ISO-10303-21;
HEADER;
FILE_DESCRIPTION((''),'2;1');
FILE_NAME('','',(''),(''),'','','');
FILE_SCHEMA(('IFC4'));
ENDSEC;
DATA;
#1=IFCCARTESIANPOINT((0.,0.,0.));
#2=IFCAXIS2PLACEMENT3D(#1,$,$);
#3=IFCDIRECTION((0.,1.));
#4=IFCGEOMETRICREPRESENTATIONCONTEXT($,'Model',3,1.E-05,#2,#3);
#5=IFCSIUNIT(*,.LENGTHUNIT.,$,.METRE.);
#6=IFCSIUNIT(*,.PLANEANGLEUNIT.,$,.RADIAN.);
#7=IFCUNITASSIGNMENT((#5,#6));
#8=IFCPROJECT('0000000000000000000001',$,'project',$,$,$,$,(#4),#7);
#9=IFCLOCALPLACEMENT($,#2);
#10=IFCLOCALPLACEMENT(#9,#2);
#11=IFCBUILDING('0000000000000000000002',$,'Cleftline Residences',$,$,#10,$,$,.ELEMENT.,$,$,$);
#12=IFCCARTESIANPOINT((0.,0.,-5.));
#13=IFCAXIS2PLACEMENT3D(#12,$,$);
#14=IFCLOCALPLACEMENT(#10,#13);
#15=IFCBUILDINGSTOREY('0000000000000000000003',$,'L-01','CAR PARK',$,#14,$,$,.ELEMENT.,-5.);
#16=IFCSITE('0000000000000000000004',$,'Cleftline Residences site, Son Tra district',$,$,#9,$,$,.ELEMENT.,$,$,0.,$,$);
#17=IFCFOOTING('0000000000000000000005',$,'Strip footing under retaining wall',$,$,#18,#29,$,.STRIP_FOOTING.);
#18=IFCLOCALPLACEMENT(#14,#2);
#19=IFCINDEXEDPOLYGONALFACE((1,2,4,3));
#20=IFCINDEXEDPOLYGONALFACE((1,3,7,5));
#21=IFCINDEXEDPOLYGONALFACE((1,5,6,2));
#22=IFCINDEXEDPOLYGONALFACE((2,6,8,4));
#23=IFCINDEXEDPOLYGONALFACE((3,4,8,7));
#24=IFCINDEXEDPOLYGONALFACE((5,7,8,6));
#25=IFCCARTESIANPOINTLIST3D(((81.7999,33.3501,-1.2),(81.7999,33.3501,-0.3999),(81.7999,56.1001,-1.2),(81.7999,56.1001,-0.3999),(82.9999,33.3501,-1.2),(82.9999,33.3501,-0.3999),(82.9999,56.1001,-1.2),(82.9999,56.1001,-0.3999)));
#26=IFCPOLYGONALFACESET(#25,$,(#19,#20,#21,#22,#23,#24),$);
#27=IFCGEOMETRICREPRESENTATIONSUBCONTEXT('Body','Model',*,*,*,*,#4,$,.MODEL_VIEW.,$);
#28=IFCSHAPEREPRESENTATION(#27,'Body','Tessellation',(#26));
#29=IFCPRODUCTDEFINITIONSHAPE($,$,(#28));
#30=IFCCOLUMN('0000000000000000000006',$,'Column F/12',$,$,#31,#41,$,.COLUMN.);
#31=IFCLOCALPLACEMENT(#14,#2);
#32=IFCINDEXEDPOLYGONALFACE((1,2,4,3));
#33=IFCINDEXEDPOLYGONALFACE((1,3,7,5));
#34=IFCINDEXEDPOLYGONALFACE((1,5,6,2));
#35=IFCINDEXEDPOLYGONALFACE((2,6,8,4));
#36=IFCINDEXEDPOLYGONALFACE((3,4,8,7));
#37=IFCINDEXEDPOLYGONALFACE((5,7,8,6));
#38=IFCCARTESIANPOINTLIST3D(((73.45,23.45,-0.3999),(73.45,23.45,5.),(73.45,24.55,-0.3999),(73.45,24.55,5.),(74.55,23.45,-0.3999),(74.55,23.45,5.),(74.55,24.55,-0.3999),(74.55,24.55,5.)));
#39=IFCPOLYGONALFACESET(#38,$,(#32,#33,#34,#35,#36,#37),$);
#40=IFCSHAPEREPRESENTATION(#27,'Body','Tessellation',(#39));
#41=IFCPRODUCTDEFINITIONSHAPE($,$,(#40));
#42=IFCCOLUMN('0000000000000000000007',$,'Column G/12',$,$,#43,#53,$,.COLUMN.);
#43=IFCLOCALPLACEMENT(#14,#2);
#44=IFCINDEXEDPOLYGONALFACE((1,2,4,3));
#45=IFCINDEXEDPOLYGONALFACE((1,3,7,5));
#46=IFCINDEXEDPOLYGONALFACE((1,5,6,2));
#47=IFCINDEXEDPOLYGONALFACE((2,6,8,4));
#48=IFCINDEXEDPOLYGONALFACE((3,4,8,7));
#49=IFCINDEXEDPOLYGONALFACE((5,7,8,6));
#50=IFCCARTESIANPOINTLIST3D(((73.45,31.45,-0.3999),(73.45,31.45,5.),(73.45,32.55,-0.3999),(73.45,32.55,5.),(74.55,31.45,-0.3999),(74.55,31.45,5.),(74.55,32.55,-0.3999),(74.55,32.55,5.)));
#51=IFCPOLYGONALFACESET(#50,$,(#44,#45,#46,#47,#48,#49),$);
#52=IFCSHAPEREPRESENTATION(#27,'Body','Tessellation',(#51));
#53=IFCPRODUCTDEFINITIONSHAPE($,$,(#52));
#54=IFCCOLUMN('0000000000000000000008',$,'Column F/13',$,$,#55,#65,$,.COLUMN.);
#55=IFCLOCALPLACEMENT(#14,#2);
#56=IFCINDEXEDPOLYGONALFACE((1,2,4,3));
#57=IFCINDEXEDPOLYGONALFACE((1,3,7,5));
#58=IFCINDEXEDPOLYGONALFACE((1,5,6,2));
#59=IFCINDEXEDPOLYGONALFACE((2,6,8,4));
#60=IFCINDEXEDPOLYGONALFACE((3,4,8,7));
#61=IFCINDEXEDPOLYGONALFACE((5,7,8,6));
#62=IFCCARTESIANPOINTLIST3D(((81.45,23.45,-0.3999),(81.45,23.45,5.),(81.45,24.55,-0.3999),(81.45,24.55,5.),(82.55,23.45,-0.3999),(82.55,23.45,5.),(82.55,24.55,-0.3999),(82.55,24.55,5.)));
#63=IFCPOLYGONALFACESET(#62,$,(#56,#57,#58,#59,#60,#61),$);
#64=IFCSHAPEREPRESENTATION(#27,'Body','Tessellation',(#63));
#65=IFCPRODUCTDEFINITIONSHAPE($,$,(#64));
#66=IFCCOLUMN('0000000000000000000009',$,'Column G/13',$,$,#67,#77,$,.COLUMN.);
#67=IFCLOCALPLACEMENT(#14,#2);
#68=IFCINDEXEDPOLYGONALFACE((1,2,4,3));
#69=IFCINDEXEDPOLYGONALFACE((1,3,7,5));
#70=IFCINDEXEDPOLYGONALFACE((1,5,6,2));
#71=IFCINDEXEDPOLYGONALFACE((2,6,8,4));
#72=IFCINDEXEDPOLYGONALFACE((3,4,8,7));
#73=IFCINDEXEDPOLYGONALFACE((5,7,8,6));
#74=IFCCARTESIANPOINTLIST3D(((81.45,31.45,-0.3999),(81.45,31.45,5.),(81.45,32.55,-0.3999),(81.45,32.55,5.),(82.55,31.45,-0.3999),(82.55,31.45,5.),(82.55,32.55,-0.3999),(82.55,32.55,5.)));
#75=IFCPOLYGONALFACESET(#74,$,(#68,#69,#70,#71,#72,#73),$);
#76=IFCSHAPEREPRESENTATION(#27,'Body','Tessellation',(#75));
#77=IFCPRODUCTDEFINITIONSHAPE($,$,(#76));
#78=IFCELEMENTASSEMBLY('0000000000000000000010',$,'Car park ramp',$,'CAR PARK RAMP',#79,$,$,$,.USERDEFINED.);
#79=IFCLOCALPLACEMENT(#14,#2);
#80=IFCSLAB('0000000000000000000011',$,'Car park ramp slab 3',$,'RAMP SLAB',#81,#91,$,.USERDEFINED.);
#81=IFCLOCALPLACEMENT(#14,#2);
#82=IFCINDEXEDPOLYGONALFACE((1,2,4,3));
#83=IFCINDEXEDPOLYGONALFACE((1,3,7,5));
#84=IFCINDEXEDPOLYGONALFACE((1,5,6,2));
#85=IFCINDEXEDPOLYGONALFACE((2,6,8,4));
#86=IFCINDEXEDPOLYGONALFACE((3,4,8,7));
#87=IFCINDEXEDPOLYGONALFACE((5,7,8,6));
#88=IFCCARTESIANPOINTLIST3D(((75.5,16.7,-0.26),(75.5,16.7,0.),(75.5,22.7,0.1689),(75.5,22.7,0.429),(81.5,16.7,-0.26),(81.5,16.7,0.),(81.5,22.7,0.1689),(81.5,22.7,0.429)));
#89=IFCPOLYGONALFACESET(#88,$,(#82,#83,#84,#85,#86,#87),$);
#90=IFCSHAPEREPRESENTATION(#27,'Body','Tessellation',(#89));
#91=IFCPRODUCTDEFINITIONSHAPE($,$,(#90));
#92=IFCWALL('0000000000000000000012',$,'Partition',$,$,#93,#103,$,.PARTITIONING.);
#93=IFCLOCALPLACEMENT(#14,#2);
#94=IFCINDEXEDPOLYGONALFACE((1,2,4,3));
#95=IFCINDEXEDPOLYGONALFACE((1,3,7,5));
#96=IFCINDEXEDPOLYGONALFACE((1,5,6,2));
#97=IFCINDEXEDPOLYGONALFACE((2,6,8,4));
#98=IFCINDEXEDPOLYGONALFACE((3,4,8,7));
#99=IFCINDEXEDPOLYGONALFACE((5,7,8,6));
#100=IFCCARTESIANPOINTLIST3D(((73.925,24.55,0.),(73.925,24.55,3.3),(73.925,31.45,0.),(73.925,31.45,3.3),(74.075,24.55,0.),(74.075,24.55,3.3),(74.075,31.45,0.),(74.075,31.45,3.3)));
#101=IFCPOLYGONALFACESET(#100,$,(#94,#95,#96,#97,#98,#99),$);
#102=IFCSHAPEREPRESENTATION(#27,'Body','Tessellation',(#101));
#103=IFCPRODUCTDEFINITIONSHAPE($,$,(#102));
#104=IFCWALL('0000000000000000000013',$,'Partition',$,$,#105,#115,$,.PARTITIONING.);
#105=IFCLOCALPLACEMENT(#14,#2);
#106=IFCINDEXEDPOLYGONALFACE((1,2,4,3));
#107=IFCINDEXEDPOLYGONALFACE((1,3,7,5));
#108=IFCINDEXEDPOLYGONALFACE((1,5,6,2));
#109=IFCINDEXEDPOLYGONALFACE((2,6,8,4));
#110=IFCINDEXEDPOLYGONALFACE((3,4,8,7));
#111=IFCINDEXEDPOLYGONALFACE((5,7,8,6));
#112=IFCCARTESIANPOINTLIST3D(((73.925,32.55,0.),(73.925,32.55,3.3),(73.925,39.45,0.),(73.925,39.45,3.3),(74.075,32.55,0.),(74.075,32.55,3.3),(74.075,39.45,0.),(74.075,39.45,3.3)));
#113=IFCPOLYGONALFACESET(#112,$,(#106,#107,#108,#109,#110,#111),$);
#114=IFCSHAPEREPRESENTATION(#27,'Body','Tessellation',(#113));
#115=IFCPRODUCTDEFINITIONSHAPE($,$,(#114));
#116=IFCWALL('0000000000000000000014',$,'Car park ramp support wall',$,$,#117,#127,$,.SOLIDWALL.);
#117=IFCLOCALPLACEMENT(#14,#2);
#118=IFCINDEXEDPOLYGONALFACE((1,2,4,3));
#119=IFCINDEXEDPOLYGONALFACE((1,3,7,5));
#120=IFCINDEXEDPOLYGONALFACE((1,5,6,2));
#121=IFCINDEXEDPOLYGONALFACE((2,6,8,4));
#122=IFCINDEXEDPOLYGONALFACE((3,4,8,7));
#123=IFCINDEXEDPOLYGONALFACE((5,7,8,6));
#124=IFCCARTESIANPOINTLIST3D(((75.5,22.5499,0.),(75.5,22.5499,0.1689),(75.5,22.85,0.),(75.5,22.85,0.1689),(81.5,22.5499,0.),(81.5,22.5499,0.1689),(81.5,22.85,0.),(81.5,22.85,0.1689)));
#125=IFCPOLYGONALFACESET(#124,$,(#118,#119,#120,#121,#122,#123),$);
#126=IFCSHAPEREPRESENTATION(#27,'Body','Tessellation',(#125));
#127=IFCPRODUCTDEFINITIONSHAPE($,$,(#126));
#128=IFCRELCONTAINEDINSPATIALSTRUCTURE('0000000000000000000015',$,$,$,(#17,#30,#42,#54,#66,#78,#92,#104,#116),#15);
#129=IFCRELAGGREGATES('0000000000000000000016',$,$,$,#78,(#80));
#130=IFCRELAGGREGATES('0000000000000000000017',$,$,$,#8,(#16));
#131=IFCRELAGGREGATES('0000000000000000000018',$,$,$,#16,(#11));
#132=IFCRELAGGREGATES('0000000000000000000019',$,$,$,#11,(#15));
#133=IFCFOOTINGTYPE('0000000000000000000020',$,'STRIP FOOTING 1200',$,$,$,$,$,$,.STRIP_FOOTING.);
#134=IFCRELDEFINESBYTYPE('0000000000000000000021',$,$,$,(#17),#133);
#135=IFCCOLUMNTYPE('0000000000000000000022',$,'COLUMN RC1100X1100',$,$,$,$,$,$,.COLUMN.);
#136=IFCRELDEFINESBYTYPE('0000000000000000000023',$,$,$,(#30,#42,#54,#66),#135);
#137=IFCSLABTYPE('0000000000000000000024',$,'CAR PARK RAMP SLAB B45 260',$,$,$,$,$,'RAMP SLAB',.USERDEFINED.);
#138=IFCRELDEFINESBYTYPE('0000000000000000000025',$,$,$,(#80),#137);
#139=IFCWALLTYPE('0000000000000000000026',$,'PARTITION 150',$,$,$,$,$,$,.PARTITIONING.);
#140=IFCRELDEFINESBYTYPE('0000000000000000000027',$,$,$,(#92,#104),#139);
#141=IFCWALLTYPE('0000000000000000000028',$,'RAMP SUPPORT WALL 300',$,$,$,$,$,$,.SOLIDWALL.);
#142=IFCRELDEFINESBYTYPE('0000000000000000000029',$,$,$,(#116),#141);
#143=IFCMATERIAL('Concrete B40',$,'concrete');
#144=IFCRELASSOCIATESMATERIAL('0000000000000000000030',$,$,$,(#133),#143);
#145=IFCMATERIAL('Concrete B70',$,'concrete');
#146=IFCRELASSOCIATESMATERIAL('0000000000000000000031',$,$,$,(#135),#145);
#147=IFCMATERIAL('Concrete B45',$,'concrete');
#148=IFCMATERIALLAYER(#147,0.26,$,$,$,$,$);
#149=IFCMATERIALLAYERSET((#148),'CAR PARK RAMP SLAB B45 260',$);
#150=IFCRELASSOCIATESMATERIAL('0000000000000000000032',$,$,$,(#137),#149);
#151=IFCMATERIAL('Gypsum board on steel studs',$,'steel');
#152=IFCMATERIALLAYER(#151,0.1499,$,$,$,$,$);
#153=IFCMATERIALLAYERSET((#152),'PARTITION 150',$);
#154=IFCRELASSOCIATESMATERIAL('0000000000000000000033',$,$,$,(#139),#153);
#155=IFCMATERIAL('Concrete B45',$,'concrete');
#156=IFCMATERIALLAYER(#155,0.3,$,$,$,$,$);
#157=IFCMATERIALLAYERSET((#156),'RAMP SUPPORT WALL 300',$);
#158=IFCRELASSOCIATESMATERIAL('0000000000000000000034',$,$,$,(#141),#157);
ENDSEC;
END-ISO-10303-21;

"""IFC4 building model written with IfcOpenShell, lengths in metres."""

from ifc_helpers import new_model, si_unit, direction, frame, frame_2d, origin, origin_2d, place, context, subcontext, project, spatial, polyline, rectangle, outline, extrude, material, layer, layer_set, material_profile, profile_set, type_object, element, aggregate, save


model = new_model("IFC4")

# Units and contexts
model_context = context("Model", 3, precision=1e-05, world=origin(), true_north=direction((0.0, 1.0)))
body_context = subcontext(model_context, "Body", "Model", "MODEL_VIEW")
ifc_project = project(units=[si_unit("LENGTHUNIT", "METRE"), si_unit("PLANEANGLEUNIT", "RADIAN")], contexts=[model_context])

# Site, building, storey
site_placement = place(None, origin())
site = spatial("IfcSite", under=ifc_project, at=site_placement, Name="Cleftline Residences site, Son Tra district", CompositionType="ELEMENT", RefElevation=0.0)
building_placement = place(site_placement, origin())
building = spatial("IfcBuilding", under=site, at=building_placement, Name="Cleftline Residences", CompositionType="ELEMENT")
storey_placement = place(building_placement, frame((0.0, 0.0, -5.0)))
storey = spatial("IfcBuildingStorey", under=building, at=storey_placement, Name="L-01", Description="CAR PARK", CompositionType="ELEMENT", Elevation=-5.0)

# Footing
ifc_material_1 = material(Name="Concrete B40", Category="concrete")
footing_type_1 = type_object("IfcFootingType", Name="STRIP FOOTING 1200", PredefinedType="STRIP_FOOTING", material=ifc_material_1)
footing_placement = place(storey_placement, frame((82.3999, 33.3501, -1.2), z_axis=(0.0, 0.0, 1.0), x_axis=(0.0, 1.0, 0.0)))
element("IfcFooting", 1, at=footing_placement, inside=storey, type_object=footing_type_1, Name="Strip footing under retaining wall", PredefinedType="STRIP_FOOTING", context=body_context, shape_type="SweptSolid", body=[
    extrude(rectangle(XDim=22.75, YDim=1.2, at=frame_2d((11.375, 0.0))), origin(), (0.0, 0.0, 1.0), 0.8),
])

# Columns
ifc_material_2 = material(Name="Concrete B70", Category="concrete")
ifc_material_profile_1 = material_profile(ifc_material_2, rectangle(XDim=1.1001, YDim=1.1001, at=origin_2d()))
ifc_profile_set_1 = profile_set([ifc_material_profile_1], Name="Concrete B70")
column_type = type_object("IfcColumnType", Name="COLUMN RC1100X1100", PredefinedType="COLUMN", material=ifc_profile_set_1)
for number, where, z_axis, x_axis, name in (
    (2, (74.0, 24.0, -0.3999), (0.0, 0.0, 1.0), (1.0, 0.0, 0.0), "Column F/12"),
    (3, (74.0, 32.0, -0.3999), (0.0, 0.0, 1.0), (1.0, 0.0, 0.0), "Column G/12"),
    (4, (82.0, 24.0, -0.3999), (0.0, 0.0, 1.0), (1.0, 0.0, 0.0), "Column F/13"),
    (5, (82.0, 32.0, -0.3999), (0.0, 0.0, 1.0), (1.0, 0.0, 0.0), "Column G/13"),
):
    element("IfcColumn", number, at=place(storey_placement, frame(where, z_axis=z_axis, x_axis=x_axis)), inside=storey, type_object=column_type, Name=name, PredefinedType="COLUMN", context=body_context, shape_type="SweptSolid", body=[
        extrude(rectangle(XDim=1.1001, YDim=1.1001, at=origin_2d()), origin(), (0.0, 0.0, 1.0), 5.3999),
    ])

# Element assembly, slab
assembly_placement = place(storey_placement, origin())
assembly = element("IfcElementAssembly", 6, at=assembly_placement, inside=storey, Name="Car park ramp", ObjectType="CAR PARK RAMP", PredefinedType="USERDEFINED")
ifc_material_3 = material(Name="Concrete B45", Category="concrete")
ifc_layer_1 = layer(ifc_material_3, 0.26)
ifc_layer_set_1 = layer_set([ifc_layer_1], Name="CAR PARK RAMP SLAB B45 260")
slab_type = type_object("IfcSlabType", Name="CAR PARK RAMP SLAB B45 260", ElementType="RAMP SLAB", PredefinedType="USERDEFINED", material=ifc_layer_set_1)
slab_placement = place(storey_placement, frame((78.5, 22.7, 0.429), z_axis=(0.0, 0.0, 1.0), x_axis=(0.0, -1.0, 0.0)))
slab = element("IfcSlab", 7, at=slab_placement, type_object=slab_type, Name="Car park ramp slab 3", ObjectType="RAMP SLAB", PredefinedType="USERDEFINED", context=body_context, shape_type="SweptSolid", body=[
    extrude(outline(polyline([(0.0, 0.0), (6.0, -0.429), (6.0, -0.689), (0.0, -0.26), (0.0, 0.0)])), frame((0.0, 3.0, 0.0), z_axis=(0.0, -1.0, 0.0), x_axis=(1.0, 0.0, 0.0)), (0.0, 0.0, 1.0), 6.0),
])
aggregate(assembly, [slab])

# Walls
ifc_material_4 = material(Name="Gypsum board on steel studs", Category="steel")
ifc_layer_2 = layer(ifc_material_4, 0.1499)
ifc_layer_set_2 = layer_set([ifc_layer_2], Name="PARTITION 150")
wall_type_1 = type_object("IfcWallType", Name="PARTITION 150", PredefinedType="PARTITIONING", material=ifc_layer_set_2)
for number, where, z_axis, x_axis, name in (
    (8, (74.0, 24.55, 0.0), (0.0, 0.0, 1.0), (0.0, 1.0, 0.0), "Partition"),
    (9, (74.0, 32.55, 0.0), (0.0, 0.0, 1.0), (0.0, 1.0, 0.0), "Partition"),
):
    element("IfcWall", number, at=place(storey_placement, frame(where, z_axis=z_axis, x_axis=x_axis)), inside=storey, type_object=wall_type_1, Name=name, PredefinedType="PARTITIONING", context=body_context, shape_type="SweptSolid", body=[
        extrude(rectangle(XDim=6.8999, YDim=0.1499, at=frame_2d((3.45, 0.0))), origin(), (0.0, 0.0, 1.0), 3.3),
    ])
ifc_material_5 = material(Name="Concrete B45", Category="concrete")
ifc_layer_3 = layer(ifc_material_5, 0.3)
ifc_layer_set_3 = layer_set([ifc_layer_3], Name="RAMP SUPPORT WALL 300")
wall_type_2 = type_object("IfcWallType", Name="RAMP SUPPORT WALL 300", PredefinedType="SOLIDWALL", material=ifc_layer_set_3)
wall_placement = place(storey_placement, frame((75.5, 22.7, 0.0), z_axis=(0.0, 0.0, 1.0), x_axis=(1.0, 0.0, 0.0)))
element("IfcWall", 10, at=wall_placement, inside=storey, type_object=wall_type_2, Name="Car park ramp support wall", PredefinedType="SOLIDWALL", context=body_context, shape_type="SweptSolid", body=[
    extrude(rectangle(XDim=6.0, YDim=0.3, at=frame_2d((3.0, 0.0))), origin(), (0.0, 0.0, 1.0), 0.1689),
])

save(model, "model.ifc")
